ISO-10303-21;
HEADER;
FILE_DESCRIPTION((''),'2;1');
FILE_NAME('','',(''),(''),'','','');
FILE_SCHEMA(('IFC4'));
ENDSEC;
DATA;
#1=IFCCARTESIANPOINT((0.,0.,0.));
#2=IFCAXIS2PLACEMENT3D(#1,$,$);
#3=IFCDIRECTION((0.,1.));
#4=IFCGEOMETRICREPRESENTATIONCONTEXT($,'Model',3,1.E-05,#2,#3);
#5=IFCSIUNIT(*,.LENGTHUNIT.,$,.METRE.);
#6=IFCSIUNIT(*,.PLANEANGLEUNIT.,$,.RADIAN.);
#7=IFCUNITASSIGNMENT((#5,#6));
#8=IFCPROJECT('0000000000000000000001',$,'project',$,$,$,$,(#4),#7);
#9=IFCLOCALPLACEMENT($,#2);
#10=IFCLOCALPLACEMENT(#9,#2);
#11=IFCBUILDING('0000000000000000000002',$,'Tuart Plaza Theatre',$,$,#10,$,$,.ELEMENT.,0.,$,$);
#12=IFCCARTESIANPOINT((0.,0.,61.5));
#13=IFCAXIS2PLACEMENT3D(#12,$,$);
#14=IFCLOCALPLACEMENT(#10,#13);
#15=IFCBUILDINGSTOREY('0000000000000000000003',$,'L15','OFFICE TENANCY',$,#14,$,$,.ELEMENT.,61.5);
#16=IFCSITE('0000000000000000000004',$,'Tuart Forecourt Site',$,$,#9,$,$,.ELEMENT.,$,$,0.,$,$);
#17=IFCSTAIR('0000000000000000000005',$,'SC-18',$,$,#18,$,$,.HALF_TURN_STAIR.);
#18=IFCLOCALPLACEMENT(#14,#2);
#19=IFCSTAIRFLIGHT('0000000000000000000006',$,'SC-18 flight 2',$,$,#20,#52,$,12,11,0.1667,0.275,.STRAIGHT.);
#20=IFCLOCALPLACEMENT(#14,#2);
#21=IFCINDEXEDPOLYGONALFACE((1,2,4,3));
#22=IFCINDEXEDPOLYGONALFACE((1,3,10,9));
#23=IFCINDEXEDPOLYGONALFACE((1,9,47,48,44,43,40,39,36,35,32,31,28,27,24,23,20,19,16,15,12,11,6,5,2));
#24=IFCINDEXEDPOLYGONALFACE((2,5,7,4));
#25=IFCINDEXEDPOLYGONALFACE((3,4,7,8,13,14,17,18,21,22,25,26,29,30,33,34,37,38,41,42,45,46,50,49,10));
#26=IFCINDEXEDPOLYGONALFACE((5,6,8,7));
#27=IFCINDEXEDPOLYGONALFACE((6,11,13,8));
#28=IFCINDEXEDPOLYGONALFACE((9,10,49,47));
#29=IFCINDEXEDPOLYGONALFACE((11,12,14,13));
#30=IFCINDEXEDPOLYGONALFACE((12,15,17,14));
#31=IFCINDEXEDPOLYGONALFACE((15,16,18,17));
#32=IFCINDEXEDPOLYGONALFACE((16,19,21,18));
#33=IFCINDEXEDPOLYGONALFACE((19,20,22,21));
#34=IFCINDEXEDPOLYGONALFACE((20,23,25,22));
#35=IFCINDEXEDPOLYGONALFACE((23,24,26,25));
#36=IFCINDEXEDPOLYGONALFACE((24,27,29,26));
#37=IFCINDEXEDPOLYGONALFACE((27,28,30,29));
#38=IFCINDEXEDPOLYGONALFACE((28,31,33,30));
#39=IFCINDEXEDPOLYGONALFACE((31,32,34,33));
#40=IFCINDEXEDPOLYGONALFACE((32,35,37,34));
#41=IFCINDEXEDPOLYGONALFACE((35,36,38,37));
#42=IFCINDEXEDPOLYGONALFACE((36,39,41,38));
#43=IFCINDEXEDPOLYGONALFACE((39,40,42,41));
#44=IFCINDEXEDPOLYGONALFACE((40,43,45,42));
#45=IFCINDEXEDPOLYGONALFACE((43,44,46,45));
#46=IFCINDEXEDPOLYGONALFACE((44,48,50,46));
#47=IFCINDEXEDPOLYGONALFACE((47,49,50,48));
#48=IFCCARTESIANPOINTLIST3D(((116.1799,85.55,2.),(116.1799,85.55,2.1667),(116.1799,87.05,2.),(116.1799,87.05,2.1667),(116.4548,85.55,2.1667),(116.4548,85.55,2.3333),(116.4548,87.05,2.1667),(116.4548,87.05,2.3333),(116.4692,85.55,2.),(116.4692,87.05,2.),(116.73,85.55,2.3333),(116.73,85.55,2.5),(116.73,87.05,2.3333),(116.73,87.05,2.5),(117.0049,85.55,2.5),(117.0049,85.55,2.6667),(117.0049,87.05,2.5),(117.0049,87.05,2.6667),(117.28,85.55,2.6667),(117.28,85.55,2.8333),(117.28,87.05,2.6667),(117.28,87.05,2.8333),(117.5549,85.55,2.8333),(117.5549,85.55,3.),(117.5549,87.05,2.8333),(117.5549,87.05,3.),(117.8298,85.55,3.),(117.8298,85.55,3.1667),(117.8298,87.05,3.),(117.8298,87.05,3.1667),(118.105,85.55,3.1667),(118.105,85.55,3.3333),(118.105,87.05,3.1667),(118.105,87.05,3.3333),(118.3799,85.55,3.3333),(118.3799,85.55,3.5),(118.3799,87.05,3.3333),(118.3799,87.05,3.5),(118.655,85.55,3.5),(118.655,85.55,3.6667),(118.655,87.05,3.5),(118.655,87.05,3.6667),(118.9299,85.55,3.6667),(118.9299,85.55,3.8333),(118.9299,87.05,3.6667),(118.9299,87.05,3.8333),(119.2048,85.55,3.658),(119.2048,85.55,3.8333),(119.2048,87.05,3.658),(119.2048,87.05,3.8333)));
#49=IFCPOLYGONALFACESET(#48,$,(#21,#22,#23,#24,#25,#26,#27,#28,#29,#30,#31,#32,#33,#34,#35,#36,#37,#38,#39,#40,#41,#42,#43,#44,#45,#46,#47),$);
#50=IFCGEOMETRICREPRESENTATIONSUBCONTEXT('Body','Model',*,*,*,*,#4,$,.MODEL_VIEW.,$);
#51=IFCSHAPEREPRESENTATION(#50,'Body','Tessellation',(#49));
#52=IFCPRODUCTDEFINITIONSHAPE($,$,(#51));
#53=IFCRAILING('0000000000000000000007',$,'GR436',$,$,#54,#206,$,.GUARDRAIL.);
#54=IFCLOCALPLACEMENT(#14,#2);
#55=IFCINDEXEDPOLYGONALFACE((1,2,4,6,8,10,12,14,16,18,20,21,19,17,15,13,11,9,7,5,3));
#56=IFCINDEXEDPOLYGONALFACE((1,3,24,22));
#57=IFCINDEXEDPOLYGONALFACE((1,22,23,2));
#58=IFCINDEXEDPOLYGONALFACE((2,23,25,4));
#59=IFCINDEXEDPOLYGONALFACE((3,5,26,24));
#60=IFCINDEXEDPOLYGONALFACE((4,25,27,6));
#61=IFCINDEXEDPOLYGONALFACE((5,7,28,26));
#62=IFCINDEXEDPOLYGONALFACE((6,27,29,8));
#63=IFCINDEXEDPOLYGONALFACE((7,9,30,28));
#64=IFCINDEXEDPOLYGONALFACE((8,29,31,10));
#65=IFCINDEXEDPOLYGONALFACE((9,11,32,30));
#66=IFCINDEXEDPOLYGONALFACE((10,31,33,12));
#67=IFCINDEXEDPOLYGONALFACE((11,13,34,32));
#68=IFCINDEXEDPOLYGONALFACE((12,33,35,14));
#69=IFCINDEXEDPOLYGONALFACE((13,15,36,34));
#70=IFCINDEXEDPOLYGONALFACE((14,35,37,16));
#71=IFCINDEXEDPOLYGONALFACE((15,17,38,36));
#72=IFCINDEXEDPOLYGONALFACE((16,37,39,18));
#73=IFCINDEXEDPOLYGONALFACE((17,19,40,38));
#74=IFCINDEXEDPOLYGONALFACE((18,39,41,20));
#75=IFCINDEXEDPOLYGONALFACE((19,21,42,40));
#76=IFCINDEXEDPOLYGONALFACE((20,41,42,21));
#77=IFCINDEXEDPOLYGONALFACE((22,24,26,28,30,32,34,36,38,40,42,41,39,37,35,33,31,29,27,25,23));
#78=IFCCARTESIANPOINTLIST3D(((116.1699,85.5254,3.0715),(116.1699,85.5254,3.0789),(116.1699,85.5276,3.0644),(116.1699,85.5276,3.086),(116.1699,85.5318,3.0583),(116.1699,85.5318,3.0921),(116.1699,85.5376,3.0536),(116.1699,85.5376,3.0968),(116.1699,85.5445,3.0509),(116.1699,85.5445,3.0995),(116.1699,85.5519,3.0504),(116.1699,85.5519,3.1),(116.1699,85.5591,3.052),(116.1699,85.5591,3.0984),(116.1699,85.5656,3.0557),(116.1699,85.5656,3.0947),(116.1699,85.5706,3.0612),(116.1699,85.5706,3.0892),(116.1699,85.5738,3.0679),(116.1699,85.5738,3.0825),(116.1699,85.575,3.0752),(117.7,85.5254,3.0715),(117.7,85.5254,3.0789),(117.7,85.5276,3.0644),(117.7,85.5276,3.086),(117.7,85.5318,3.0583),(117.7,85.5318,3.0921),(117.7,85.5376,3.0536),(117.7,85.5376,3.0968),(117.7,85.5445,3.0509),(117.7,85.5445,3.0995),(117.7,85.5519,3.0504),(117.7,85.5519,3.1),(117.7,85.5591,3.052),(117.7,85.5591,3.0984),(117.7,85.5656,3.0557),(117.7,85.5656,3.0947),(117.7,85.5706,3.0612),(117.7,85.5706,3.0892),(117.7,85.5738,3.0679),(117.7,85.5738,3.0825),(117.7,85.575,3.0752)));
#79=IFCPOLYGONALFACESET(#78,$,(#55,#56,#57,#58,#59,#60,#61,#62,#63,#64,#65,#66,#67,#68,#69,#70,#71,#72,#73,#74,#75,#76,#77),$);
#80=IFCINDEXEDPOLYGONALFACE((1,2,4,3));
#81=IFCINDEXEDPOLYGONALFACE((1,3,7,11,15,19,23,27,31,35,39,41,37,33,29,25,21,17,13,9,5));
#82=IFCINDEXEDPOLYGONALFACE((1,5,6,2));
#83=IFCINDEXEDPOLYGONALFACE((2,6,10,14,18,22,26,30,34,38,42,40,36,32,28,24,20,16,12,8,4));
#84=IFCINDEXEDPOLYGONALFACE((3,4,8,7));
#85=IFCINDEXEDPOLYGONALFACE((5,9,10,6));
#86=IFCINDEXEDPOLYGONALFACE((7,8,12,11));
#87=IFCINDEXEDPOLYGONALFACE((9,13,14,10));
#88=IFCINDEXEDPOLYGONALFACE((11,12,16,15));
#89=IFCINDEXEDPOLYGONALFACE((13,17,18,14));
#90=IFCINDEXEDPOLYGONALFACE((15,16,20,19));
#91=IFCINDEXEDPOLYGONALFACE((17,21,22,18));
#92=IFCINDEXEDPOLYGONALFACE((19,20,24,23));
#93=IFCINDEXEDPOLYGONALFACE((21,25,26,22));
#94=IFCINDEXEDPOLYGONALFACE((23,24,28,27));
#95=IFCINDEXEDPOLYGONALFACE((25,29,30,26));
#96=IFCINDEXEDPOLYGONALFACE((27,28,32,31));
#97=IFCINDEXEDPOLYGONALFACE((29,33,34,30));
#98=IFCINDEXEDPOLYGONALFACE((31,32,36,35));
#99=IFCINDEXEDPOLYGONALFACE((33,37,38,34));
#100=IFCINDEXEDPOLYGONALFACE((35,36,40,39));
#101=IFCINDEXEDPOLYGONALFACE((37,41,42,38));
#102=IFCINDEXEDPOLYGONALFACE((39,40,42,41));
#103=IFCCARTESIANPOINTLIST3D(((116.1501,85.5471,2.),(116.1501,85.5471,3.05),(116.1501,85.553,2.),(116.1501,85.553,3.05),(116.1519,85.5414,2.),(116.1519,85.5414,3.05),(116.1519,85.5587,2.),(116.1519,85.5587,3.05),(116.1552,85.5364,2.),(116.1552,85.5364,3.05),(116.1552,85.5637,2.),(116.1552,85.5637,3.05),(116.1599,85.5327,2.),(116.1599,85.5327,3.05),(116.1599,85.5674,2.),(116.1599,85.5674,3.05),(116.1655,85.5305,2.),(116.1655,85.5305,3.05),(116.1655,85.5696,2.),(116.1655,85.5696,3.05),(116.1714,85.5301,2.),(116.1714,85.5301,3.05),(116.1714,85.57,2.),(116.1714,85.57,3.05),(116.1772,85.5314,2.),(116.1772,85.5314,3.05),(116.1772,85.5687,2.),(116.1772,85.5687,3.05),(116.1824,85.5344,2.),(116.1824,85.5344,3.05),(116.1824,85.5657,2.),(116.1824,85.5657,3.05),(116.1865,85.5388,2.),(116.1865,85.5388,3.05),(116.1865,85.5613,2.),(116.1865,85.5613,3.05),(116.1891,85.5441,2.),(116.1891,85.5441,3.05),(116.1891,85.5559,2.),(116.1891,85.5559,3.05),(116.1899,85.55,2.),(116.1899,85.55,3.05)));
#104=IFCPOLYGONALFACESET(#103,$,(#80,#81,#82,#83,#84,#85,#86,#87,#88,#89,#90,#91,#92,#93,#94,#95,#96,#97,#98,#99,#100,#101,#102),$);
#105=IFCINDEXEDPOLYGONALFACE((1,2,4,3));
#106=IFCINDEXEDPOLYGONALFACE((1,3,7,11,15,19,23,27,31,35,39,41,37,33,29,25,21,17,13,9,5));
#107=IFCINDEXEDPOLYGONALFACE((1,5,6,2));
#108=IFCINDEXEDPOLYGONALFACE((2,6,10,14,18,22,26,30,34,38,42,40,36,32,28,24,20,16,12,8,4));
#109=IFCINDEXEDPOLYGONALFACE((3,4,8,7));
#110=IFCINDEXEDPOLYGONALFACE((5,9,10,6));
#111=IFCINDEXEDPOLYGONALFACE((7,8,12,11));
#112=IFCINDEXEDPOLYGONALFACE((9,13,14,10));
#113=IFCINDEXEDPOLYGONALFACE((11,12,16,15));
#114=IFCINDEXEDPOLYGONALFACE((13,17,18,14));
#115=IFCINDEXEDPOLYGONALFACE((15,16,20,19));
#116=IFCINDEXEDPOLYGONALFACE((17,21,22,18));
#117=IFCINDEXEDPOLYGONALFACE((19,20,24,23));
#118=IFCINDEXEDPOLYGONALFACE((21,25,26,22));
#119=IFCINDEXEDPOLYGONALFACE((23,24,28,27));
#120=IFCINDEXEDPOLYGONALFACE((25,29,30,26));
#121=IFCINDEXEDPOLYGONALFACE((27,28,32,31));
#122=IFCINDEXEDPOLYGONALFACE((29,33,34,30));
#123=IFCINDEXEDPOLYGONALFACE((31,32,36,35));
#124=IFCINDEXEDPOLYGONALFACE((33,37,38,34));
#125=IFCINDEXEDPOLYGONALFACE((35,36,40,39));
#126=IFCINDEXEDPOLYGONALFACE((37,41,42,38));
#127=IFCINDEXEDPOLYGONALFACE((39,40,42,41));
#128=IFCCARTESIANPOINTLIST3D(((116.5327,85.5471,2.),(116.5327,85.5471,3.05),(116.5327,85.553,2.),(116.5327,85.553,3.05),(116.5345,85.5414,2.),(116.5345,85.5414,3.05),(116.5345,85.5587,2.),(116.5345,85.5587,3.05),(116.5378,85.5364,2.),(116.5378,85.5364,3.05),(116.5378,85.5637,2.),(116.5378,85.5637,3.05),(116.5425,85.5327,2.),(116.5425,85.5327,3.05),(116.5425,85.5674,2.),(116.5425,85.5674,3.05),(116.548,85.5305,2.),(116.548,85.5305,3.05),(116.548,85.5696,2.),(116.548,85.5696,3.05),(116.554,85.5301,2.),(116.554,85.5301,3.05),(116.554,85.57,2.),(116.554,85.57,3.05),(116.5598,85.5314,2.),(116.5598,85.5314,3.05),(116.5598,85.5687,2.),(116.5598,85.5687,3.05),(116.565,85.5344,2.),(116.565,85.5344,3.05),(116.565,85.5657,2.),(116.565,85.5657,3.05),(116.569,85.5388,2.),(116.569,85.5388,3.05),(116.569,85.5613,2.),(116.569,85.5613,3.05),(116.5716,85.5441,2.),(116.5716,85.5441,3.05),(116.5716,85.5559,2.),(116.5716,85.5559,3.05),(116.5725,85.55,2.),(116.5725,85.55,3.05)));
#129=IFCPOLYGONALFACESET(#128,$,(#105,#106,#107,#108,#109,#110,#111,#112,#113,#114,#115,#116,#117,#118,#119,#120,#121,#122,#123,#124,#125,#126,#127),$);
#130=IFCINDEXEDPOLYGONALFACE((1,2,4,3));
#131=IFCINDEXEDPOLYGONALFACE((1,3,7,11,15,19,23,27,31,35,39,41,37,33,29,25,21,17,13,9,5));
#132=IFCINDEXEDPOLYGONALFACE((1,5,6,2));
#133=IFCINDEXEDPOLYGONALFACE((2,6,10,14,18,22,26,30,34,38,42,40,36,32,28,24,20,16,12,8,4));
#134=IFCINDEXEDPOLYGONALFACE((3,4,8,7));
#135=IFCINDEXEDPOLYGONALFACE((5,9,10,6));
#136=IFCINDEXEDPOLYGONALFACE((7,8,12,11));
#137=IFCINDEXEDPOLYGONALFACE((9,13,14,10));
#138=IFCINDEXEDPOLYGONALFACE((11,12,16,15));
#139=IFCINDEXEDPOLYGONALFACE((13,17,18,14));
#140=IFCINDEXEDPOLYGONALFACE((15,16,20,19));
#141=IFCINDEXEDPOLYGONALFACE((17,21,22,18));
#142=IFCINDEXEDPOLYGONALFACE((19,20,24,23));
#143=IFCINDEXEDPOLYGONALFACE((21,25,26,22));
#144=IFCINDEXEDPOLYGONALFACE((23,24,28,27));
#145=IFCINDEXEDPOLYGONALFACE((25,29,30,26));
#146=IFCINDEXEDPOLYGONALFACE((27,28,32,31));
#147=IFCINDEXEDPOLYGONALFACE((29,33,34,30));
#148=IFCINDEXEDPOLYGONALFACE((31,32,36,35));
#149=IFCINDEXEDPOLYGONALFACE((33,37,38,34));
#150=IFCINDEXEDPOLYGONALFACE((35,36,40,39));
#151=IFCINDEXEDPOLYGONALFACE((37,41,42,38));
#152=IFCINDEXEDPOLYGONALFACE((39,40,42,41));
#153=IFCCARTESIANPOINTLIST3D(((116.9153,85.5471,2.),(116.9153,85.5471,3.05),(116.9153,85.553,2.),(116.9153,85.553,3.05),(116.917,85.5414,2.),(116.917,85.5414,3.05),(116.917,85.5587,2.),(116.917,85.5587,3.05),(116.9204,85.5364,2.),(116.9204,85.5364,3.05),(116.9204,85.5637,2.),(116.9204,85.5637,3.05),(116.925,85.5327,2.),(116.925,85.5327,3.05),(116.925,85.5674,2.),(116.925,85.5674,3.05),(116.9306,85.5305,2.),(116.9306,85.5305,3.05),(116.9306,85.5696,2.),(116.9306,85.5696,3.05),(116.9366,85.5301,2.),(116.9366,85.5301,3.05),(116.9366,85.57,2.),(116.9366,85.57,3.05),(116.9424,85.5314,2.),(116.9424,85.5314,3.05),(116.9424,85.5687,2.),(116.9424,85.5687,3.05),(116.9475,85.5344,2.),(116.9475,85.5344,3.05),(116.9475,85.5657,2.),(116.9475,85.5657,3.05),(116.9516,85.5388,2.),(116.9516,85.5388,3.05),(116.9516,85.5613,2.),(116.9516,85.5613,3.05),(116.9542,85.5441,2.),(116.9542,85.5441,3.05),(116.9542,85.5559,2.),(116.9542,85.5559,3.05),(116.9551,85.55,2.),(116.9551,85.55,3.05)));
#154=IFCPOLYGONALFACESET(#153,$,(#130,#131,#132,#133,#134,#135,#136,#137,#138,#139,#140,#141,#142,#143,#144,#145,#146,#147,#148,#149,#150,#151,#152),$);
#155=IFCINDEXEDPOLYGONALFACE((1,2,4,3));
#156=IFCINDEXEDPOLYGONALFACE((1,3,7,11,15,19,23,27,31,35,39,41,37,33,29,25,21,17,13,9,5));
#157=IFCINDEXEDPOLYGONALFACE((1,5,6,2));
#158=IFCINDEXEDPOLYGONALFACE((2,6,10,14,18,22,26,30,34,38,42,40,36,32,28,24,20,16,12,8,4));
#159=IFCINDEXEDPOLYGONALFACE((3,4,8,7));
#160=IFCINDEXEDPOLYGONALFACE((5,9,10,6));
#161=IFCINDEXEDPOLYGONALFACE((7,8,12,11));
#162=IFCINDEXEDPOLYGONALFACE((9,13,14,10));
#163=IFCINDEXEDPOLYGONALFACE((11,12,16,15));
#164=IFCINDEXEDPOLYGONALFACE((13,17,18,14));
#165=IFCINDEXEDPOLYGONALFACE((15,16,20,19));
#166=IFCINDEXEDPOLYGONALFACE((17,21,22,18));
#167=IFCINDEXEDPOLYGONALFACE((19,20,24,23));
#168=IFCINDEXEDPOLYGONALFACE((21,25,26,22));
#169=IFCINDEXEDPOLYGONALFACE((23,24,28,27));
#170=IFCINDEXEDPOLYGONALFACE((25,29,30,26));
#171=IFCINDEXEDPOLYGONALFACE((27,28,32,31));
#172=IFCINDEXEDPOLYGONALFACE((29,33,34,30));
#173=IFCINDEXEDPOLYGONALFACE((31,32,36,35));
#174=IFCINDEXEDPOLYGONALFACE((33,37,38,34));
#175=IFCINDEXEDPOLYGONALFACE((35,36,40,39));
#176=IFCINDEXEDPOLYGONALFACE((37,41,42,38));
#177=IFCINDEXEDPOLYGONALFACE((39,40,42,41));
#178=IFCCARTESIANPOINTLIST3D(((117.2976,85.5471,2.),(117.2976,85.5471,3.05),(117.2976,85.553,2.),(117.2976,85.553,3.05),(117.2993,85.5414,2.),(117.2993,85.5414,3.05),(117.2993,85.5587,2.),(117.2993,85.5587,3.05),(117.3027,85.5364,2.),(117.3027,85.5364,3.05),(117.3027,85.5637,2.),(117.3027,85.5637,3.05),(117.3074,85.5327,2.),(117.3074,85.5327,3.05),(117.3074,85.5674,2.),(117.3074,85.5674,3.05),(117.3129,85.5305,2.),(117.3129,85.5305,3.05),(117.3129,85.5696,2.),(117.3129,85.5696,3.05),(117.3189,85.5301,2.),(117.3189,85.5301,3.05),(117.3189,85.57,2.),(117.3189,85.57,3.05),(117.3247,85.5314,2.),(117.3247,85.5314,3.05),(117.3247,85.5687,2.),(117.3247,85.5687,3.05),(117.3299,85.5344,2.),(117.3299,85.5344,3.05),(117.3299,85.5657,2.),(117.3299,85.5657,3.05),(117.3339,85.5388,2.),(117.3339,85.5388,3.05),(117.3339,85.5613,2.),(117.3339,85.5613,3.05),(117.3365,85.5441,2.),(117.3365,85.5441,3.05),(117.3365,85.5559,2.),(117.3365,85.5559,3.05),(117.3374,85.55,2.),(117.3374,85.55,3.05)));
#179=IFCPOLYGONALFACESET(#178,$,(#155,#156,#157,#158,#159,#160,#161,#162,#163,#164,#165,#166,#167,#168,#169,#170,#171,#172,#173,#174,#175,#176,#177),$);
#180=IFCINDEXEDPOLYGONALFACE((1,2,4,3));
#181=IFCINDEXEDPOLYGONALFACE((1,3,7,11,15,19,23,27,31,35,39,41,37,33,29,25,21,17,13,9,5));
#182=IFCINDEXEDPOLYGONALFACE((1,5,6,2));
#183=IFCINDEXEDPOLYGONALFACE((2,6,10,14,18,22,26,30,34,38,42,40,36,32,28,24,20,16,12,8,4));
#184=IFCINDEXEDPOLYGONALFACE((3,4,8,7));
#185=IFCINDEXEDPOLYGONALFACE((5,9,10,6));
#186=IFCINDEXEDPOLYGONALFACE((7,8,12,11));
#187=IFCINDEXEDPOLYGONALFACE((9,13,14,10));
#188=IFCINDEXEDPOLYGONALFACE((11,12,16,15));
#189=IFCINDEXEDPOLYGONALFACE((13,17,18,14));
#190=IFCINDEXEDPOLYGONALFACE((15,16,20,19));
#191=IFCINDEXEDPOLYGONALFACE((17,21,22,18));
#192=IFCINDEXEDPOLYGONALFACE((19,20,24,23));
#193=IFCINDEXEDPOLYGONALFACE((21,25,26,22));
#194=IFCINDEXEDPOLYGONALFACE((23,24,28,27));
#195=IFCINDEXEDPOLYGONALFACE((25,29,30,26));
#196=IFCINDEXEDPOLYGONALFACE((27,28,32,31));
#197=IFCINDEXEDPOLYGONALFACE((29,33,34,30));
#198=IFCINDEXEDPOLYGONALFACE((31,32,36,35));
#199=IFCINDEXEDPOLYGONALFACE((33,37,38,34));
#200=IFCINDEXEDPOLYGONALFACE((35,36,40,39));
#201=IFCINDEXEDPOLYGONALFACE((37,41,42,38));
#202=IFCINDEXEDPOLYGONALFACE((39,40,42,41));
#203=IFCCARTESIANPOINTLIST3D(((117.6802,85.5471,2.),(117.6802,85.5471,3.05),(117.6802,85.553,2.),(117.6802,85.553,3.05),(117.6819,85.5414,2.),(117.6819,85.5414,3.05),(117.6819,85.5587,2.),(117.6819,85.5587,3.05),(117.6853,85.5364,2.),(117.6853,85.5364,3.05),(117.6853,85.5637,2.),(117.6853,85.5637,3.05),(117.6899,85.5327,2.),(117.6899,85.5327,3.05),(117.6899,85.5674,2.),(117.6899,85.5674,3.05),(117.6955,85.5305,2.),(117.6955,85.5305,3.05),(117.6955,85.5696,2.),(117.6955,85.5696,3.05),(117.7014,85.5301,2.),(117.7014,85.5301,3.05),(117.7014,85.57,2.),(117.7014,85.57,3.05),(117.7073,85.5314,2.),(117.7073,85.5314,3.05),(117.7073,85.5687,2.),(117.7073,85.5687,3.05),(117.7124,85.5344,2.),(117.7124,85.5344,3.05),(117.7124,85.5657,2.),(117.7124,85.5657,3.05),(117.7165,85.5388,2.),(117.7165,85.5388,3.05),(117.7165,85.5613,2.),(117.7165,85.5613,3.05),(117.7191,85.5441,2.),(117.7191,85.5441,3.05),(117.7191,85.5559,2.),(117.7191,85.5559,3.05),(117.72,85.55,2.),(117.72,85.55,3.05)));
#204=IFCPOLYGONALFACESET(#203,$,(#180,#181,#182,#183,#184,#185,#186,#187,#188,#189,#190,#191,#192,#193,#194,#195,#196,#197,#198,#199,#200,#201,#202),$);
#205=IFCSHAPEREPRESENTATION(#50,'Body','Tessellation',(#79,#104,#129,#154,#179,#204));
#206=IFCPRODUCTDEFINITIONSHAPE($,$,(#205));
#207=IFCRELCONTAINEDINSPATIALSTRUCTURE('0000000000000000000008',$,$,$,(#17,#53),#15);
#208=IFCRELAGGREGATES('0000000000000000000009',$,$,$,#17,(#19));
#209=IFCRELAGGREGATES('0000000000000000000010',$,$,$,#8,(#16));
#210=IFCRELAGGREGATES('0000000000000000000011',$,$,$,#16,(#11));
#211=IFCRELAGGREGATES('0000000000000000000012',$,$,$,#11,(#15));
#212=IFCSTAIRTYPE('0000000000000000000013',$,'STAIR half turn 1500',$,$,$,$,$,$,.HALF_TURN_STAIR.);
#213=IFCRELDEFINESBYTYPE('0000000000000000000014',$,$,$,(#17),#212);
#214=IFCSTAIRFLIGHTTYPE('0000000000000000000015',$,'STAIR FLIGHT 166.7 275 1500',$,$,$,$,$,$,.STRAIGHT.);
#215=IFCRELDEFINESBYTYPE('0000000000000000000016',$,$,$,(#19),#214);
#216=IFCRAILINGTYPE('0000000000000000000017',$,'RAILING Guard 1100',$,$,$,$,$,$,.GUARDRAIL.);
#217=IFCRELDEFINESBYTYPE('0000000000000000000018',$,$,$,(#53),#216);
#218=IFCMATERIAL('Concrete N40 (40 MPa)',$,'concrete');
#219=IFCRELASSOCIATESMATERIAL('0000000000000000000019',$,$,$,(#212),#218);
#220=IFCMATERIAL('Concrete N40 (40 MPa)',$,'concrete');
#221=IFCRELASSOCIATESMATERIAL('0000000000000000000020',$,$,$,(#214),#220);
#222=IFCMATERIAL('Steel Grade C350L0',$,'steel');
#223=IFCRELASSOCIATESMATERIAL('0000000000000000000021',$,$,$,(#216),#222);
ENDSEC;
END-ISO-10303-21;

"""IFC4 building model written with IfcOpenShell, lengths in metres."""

from ifc_helpers import new_model, si_unit, direction, frame, origin, origin_2d, place, context, subcontext, project, spatial, polyline, circle, outline, extrude, material, type_object, element, aggregate, save


model = new_model("IFC4")

# Units and contexts
model_context = context("Model", 3, precision=1e-05, world=origin(), true_north=direction((0.0, 1.0)))
body_context = subcontext(model_context, "Body", "Model", "MODEL_VIEW")
ifc_project = project(units=[si_unit("LENGTHUNIT", "METRE"), si_unit("PLANEANGLEUNIT", "RADIAN")], contexts=[model_context])

# Site, building, storey
site_placement = place(None, origin())
site = spatial("IfcSite", under=ifc_project, at=site_placement, Name="Tuart Forecourt Site", CompositionType="ELEMENT", RefElevation=0.0)
building_placement = place(site_placement, origin())
building = spatial("IfcBuilding", under=site, at=building_placement, Name="Tuart Plaza Theatre", CompositionType="ELEMENT", ElevationOfRefHeight=0.0)
storey_placement = place(building_placement, frame((0.0, 0.0, 61.5)))
storey = spatial("IfcBuildingStorey", under=building, at=storey_placement, Name="L15", Description="OFFICE TENANCY", CompositionType="ELEMENT", Elevation=61.5)

# Stair, stair flight
ifc_material_1 = material(Name="Concrete N40 (40 MPa)", Category="concrete")
stair_type = type_object("IfcStairType", Name="STAIR half turn 1500", PredefinedType="HALF_TURN_STAIR", material=ifc_material_1)
stair_placement = place(storey_placement, origin())
stair = element("IfcStair", 1, at=stair_placement, inside=storey, type_object=stair_type, Name="SC-18", PredefinedType="HALF_TURN_STAIR")
ifc_material_2 = material(Name="Concrete N40 (40 MPa)", Category="concrete")
stair_flight_type = type_object("IfcStairFlightType", Name="STAIR FLIGHT 166.7 275 1500", PredefinedType="STRAIGHT", material=ifc_material_2)
stair_flight_placement = place(storey_placement, frame((116.1799, 86.3, 2.0), z_axis=(0.0, 0.0, 1.0), x_axis=(1.0, 0.0, 0.0)))
stair_flight = element("IfcStairFlight", 2, at=stair_flight_placement, type_object=stair_flight_type, Name="SC-18 flight 2", NumberOfRisers=12, NumberOfTreads=11, PredefinedType="STRAIGHT", RiserHeight=0.1667, TreadLength=0.275, context=body_context, shape_type="SweptSolid", body=[
    extrude(outline(polyline([(0.0, 0.0), (0.0, 0.1667), (0.2749, 0.1667), (0.2749, 0.3333), (0.55, 0.3333), (0.55, 0.5), (0.825, 0.5), (0.825, 0.6667), (1.1001, 0.6667), (1.1001, 0.8333), (1.375, 0.8333), (1.375, 1.0), (1.6499, 1.0), (1.6499, 1.1667), (1.925, 1.1667), (1.925, 1.3333), (2.2, 1.3333), (2.2, 1.5), (2.4751, 1.5), (2.4751, 1.6667), (2.75, 1.6667), (2.75, 1.8333), (3.0249, 1.8333), (3.0249, 2.0), (3.0249, 1.658), (0.2893, 0.0), (0.0, 0.0)])), frame((0.0, 0.75, 0.0), z_axis=(0.0, -1.0, 0.0), x_axis=(1.0, 0.0, 0.0)), (0.0, 0.0, 1.0), 1.5),
])
aggregate(stair, [stair_flight])

# Railing
ifc_material_3 = material(Name="Steel Grade C350L0", Category="steel")
railing_type_1 = type_object("IfcRailingType", Name="RAILING Guard 1100", PredefinedType="GUARDRAIL", material=ifc_material_3)
railing_1_placement = place(storey_placement, frame((116.1699, 85.55, 2.0)))
element("IfcRailing", 3, at=railing_1_placement, inside=storey, type_object=railing_type_1, Name="GR436", PredefinedType="GUARDRAIL", context=body_context, shape_type="SweptSolid", body=[
    extrude(circle(Radius=0.0249, at=origin_2d()), frame((0.0, 0.0, 1.0752), z_axis=(1.0, 0.0, 0.0), x_axis=(0.0, 1.0, 0.0)), (0.0, 0.0, 1.0), 1.53),
    extrude(circle(Radius=0.02, at=origin_2d()), origin(), (0.0, 0.0, 1.0), 1.05),
    extrude(circle(Radius=0.02, at=origin_2d()), frame((0.3826, 0.0, 0.0)), (0.0, 0.0, 1.0), 1.05),
    extrude(circle(Radius=0.02, at=origin_2d()), frame((0.7651, 0.0, 0.0)), (0.0, 0.0, 1.0), 1.05),
    extrude(circle(Radius=0.02, at=origin_2d()), frame((1.1475, 0.0, 0.0)), (0.0, 0.0, 1.0), 1.05),
    extrude(circle(Radius=0.02, at=origin_2d()), frame((1.53, 0.0, 0.0)), (0.0, 0.0, 1.0), 1.05),
])

save(model, "model.ifc")
